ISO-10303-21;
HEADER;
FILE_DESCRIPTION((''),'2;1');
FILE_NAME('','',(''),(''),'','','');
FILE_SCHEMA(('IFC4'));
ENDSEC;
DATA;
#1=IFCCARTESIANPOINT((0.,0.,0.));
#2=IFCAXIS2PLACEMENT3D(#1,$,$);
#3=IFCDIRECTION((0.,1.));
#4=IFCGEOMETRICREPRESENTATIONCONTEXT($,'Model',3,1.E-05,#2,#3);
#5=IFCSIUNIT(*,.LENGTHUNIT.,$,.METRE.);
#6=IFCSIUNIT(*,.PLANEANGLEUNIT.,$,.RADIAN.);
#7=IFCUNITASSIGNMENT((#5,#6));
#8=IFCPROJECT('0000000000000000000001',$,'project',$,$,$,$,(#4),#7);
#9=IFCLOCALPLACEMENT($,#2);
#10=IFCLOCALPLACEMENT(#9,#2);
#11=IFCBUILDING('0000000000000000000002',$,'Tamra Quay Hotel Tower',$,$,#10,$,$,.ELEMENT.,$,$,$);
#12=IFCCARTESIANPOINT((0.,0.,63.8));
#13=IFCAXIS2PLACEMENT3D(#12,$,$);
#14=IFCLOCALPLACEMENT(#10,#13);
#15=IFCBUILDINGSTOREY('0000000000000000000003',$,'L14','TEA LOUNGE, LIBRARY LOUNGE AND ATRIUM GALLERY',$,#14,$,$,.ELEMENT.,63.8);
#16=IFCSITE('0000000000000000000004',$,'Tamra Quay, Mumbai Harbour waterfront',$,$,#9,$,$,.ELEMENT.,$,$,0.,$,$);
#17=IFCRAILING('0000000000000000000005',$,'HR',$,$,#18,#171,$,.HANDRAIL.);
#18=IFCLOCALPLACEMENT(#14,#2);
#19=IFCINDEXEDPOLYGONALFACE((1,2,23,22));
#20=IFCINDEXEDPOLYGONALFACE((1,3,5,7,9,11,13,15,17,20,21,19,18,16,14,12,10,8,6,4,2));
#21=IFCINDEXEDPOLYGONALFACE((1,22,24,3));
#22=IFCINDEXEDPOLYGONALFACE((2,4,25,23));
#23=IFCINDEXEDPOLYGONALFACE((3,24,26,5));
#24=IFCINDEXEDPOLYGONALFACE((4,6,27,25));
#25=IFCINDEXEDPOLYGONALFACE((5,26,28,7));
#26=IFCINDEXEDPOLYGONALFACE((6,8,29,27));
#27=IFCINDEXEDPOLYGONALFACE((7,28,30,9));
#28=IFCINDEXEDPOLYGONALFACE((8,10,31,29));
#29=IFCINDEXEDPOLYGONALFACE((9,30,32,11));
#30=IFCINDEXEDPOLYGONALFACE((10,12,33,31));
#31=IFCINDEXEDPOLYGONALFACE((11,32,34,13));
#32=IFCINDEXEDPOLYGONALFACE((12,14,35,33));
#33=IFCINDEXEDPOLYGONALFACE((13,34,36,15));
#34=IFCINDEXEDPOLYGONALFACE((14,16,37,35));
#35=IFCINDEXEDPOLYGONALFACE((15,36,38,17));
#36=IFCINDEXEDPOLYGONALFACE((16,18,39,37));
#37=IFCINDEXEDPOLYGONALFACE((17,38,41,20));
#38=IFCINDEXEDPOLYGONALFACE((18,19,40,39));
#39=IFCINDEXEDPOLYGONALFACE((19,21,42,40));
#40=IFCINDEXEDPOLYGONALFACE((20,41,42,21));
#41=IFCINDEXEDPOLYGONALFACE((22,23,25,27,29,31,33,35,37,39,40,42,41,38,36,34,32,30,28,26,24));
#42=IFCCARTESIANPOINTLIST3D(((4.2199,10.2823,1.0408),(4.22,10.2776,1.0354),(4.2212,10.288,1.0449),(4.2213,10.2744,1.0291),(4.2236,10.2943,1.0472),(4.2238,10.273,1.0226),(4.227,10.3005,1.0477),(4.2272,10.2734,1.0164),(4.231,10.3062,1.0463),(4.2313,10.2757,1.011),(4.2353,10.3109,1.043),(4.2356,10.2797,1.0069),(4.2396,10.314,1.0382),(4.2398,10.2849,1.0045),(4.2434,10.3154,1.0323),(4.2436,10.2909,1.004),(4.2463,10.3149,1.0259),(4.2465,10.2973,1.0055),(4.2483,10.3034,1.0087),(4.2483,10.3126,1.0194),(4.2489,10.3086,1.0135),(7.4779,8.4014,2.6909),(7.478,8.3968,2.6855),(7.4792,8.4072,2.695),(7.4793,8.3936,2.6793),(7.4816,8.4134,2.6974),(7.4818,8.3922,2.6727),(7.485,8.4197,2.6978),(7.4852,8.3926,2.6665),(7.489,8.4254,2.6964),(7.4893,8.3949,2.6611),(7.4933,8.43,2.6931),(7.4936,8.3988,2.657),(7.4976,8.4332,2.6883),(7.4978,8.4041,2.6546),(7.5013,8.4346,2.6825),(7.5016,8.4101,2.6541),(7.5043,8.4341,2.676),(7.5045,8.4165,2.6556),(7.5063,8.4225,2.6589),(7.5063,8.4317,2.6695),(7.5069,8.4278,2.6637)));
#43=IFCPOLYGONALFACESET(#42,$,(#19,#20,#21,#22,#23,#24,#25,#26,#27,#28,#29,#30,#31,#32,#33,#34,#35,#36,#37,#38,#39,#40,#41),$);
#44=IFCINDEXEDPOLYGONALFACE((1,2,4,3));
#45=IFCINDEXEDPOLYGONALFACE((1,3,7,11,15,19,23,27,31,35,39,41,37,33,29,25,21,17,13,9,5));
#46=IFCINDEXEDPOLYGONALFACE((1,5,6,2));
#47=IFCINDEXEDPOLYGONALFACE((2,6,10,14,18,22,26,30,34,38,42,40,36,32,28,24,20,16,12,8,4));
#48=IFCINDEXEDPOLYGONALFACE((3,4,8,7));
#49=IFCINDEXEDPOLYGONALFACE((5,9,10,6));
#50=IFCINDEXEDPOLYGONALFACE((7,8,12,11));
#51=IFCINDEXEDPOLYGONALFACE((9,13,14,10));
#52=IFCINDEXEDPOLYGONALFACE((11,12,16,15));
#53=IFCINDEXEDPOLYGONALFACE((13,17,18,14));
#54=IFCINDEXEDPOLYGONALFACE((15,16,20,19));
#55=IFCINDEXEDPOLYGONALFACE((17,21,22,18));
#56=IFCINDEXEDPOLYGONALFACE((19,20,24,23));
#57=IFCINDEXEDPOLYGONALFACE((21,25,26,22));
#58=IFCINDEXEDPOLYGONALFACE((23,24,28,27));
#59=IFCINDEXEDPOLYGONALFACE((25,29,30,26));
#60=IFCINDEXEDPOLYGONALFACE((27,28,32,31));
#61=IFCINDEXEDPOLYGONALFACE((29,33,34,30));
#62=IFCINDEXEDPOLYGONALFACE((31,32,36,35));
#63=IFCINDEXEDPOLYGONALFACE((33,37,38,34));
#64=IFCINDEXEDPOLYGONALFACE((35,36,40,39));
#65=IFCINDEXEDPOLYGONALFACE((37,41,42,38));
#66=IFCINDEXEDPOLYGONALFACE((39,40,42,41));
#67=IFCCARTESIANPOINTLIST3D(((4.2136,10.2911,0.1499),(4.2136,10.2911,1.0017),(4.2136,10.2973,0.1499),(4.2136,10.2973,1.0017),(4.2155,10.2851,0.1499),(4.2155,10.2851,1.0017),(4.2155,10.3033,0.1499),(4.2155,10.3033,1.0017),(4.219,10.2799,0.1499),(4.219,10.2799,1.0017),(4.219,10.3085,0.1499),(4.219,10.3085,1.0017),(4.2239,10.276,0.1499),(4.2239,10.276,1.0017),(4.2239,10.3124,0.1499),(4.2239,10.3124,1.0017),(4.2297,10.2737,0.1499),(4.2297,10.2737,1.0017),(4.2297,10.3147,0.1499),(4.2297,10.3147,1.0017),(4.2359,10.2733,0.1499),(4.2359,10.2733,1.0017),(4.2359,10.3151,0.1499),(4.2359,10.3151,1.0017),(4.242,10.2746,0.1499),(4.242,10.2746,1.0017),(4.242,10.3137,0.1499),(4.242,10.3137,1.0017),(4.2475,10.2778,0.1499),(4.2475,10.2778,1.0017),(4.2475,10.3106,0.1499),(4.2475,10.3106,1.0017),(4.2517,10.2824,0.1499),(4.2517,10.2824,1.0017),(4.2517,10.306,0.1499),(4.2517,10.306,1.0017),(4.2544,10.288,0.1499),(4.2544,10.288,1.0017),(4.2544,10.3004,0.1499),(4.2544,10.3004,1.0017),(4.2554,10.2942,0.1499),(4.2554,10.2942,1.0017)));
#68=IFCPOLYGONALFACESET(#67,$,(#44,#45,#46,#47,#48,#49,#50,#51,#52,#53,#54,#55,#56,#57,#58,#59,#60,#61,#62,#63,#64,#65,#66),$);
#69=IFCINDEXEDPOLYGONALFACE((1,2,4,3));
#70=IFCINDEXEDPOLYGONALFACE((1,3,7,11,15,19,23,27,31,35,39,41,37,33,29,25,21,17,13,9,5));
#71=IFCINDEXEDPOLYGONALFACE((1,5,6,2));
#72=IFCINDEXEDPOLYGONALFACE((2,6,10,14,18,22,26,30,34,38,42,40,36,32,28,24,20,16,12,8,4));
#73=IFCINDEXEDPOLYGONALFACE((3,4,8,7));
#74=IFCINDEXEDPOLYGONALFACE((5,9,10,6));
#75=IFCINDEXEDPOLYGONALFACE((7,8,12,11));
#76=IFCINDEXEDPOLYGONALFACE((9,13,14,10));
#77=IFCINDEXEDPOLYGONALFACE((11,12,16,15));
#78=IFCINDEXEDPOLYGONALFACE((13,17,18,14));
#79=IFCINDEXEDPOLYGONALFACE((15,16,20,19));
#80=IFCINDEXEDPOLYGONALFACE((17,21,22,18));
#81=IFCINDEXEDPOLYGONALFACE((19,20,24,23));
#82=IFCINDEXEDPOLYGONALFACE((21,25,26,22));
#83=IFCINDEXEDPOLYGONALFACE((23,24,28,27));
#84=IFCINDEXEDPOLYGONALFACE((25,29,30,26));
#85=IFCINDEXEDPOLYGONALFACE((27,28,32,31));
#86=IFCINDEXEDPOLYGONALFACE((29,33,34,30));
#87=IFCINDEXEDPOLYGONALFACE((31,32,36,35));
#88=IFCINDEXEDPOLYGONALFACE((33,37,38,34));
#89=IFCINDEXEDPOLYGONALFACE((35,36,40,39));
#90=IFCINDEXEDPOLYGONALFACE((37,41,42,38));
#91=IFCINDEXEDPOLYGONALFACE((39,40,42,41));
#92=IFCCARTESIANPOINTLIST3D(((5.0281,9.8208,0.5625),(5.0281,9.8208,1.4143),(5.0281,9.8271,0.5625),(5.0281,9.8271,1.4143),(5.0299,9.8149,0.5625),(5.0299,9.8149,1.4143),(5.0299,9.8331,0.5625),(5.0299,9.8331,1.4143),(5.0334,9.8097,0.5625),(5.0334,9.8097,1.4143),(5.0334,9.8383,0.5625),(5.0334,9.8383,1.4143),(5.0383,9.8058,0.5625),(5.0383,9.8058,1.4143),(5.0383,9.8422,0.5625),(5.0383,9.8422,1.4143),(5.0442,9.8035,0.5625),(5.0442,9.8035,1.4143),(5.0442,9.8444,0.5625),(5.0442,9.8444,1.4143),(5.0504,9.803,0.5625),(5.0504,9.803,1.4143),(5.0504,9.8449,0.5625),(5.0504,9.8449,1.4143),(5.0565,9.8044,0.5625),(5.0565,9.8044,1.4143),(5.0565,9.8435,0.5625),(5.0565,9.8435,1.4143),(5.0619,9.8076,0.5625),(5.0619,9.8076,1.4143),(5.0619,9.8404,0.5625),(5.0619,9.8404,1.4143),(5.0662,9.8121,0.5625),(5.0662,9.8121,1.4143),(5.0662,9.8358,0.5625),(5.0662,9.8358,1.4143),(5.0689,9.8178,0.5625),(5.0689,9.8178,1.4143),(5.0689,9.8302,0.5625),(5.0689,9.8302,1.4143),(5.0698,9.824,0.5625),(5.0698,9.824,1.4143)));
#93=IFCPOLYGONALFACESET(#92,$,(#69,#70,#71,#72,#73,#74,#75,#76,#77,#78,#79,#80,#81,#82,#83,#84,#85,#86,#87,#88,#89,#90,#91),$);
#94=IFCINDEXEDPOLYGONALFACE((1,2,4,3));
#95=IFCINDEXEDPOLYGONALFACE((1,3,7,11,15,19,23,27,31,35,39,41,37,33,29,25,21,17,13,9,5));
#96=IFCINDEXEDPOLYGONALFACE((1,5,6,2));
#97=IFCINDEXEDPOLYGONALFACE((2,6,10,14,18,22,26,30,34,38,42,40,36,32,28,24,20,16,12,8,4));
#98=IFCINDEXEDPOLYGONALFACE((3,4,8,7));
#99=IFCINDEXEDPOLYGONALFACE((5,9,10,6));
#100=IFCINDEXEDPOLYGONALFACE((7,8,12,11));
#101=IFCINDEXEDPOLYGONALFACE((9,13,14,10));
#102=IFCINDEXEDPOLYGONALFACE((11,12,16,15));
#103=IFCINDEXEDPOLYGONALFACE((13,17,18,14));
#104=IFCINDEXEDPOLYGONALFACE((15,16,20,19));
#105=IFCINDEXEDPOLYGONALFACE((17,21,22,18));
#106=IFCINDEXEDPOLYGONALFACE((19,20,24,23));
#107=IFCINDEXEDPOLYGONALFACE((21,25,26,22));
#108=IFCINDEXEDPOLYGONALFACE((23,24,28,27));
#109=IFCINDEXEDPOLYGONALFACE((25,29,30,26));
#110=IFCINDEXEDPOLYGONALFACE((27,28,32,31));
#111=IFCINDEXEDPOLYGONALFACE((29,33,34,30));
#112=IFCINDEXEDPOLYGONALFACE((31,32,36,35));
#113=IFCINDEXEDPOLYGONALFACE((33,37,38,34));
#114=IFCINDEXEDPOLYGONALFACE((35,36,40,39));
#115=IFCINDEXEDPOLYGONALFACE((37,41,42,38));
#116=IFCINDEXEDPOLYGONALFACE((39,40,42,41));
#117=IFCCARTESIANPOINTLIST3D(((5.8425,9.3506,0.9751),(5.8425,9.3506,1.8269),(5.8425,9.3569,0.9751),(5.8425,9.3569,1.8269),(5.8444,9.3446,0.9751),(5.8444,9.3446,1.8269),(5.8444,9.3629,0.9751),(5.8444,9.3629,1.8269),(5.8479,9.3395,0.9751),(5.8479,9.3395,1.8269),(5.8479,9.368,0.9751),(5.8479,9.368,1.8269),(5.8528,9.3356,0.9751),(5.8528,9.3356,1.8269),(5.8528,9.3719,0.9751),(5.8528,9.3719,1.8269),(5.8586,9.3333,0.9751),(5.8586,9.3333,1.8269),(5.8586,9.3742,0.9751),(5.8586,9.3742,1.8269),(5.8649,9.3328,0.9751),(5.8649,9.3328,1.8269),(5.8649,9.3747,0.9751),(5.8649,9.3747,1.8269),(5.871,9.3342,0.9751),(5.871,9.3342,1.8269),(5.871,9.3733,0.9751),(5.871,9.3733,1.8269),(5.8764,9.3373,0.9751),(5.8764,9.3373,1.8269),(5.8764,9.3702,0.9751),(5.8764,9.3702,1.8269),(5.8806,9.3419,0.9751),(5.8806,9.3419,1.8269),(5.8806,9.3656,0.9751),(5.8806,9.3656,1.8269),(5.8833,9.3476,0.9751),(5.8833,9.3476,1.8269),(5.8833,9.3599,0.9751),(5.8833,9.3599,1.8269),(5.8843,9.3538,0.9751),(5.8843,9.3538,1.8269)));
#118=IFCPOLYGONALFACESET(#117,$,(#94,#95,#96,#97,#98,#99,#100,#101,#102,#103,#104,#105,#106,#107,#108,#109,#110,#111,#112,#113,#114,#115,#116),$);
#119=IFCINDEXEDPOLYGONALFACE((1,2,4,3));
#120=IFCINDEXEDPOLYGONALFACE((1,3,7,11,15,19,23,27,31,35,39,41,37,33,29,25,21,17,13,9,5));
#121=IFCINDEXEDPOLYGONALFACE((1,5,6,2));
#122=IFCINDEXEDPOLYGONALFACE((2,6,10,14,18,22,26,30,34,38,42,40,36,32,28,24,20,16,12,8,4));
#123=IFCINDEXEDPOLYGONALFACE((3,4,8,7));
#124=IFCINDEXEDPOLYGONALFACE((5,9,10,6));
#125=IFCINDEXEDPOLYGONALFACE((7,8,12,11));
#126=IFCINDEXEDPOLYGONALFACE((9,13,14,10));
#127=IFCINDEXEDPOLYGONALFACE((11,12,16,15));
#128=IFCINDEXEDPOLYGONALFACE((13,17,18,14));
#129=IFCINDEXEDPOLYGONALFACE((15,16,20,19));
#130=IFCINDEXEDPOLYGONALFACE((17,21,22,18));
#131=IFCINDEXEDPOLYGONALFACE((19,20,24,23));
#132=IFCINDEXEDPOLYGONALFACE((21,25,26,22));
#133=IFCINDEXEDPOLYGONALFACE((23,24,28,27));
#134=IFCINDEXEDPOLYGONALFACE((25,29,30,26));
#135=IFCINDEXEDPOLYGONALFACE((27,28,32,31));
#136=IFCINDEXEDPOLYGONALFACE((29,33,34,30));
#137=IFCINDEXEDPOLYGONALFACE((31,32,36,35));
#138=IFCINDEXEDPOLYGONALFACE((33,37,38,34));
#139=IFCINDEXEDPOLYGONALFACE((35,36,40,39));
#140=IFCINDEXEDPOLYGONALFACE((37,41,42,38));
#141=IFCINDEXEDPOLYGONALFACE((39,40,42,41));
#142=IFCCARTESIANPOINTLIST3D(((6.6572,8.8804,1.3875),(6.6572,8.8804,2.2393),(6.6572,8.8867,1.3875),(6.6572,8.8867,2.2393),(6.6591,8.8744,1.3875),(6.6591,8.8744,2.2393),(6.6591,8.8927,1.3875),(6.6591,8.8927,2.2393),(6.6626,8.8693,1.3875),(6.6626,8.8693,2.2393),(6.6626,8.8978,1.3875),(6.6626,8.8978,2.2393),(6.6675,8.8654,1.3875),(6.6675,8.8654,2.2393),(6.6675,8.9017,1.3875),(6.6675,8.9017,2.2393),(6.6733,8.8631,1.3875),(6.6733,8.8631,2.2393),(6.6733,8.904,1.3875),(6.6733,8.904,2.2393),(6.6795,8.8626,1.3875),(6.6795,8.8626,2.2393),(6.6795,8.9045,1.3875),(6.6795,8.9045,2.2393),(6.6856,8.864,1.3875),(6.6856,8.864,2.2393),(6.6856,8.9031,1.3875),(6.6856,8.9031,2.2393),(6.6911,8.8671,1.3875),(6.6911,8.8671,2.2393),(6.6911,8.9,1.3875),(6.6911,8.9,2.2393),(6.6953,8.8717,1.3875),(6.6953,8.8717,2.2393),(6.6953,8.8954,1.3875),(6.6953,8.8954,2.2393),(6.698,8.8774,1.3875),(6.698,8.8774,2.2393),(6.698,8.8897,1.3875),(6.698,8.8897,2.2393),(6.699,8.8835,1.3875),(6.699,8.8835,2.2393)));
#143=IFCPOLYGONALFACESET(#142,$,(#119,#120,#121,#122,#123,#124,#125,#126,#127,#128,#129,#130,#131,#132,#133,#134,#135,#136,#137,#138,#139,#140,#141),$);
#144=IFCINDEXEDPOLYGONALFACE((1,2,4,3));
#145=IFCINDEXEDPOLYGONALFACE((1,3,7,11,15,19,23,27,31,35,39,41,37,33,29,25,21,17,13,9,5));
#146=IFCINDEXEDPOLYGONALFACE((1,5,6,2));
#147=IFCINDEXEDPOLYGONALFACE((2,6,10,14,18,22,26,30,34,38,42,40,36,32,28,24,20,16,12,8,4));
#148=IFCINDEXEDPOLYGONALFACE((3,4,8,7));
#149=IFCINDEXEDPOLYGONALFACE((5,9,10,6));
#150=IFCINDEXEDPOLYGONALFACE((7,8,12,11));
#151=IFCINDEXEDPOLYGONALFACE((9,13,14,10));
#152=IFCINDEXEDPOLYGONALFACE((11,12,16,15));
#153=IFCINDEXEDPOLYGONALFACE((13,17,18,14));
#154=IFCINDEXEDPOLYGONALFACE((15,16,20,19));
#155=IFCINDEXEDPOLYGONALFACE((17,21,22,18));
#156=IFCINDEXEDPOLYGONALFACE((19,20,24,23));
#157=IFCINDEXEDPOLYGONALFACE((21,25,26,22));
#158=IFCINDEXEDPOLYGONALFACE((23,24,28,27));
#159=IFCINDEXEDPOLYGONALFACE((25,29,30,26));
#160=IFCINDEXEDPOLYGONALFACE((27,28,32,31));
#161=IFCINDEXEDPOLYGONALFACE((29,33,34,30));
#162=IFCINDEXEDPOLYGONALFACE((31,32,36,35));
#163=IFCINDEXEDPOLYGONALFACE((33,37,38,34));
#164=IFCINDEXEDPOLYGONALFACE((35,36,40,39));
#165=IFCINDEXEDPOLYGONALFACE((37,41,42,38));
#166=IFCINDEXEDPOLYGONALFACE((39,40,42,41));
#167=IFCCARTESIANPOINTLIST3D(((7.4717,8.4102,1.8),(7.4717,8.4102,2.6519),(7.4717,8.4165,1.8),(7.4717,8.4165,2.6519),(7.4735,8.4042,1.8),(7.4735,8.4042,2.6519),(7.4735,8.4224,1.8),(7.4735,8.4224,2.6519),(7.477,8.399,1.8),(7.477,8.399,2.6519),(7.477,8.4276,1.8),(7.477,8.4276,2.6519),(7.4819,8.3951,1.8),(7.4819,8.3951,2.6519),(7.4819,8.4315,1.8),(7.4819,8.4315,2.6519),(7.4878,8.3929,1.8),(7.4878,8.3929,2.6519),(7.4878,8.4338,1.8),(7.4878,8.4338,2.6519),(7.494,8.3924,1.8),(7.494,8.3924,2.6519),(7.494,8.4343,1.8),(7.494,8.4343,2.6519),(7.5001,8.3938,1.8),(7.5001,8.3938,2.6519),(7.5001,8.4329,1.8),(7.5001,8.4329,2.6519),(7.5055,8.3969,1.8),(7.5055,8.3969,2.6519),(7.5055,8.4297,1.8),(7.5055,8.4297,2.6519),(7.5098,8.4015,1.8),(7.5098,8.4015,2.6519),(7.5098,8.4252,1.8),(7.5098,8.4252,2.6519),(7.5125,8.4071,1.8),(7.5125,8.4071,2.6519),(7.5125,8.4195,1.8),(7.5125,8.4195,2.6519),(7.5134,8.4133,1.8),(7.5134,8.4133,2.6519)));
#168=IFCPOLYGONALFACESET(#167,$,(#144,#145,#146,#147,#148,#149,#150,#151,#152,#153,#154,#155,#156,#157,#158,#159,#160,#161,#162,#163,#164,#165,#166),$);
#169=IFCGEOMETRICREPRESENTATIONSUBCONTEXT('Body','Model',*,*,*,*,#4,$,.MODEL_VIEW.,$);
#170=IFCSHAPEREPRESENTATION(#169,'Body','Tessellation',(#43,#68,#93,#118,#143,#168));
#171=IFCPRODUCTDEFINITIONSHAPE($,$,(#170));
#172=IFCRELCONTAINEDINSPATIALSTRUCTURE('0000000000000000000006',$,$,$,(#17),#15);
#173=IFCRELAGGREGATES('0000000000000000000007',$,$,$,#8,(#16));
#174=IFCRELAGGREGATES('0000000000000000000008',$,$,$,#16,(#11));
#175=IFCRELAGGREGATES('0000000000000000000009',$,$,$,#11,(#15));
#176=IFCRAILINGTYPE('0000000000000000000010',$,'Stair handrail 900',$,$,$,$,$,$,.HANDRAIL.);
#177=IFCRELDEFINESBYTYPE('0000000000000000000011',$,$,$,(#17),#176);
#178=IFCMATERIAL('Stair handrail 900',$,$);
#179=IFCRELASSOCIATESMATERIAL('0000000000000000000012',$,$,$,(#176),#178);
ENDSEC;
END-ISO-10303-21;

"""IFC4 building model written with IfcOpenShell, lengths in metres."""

from ifc_helpers import new_model, si_unit, direction, frame, origin, origin_2d, place, context, subcontext, project, spatial, circle, extrude, material, type_object, element, save


model = new_model("IFC4")

# Units and contexts
model_context = context("Model", 3, precision=1e-05, world=origin(), true_north=direction((0.0, 1.0)))
body_context = subcontext(model_context, "Body", "Model", "MODEL_VIEW")
ifc_project = project(units=[si_unit("LENGTHUNIT", "METRE"), si_unit("PLANEANGLEUNIT", "RADIAN")], contexts=[model_context])

# Site, building, storey
site_placement = place(None, origin())
site = spatial("IfcSite", under=ifc_project, at=site_placement, Name="Tamra Quay, Mumbai Harbour waterfront", CompositionType="ELEMENT", RefElevation=0.0)
building_placement = place(site_placement, origin())
building = spatial("IfcBuilding", under=site, at=building_placement, Name="Tamra Quay Hotel Tower", CompositionType="ELEMENT")
storey_placement = place(building_placement, frame((0.0, 0.0, 63.8)))
storey = spatial("IfcBuildingStorey", under=building, at=storey_placement, Name="L14", Description="TEA LOUNGE, LIBRARY LOUNGE AND ATRIUM GALLERY", CompositionType="ELEMENT", Elevation=63.8)

# Railing
ifc_material_1 = material(Name="Stair handrail 900")
railing_type = type_object("IfcRailingType", Name="Stair handrail 900", PredefinedType="HANDRAIL", material=ifc_material_1)
railing_placement = place(storey_placement, frame((4.2344, 10.2942, 0.1499)))
element("IfcRailing", 1, at=railing_placement, inside=storey, type_object=railing_type, Name="HR", PredefinedType="HANDRAIL", context=body_context, shape_type="SweptSolid", body=[
    extrude(circle(Radius=0.0239, at=origin_2d()), frame((0.0, 0.0, 0.876), z_axis=(0.793103, -0.457854, 0.401692), x_axis=(0.499964, 0.866046, 0.0)), (0.0, 0.0, 1.0), 4.1079),
    extrude(circle(Radius=0.021, at=origin_2d()), origin(), (0.0, 0.0, 1.0), 0.8518),
    extrude(circle(Radius=0.021, at=origin_2d()), frame((0.8145, -0.4702, 0.4126)), (0.0, 0.0, 1.0), 0.8518),
    extrude(circle(Radius=0.021, at=origin_2d()), frame((1.6289, -0.9404, 0.8252)), (0.0, 0.0, 1.0), 0.8518),
    extrude(circle(Radius=0.021, at=origin_2d()), frame((2.4436, -1.4106, 1.2375)), (0.0, 0.0, 1.0), 0.8518),
    extrude(circle(Radius=0.021, at=origin_2d()), frame((3.2581, -1.8809, 1.6501)), (0.0, 0.0, 1.0), 0.8518),
])

save(model, "model.ifc")
